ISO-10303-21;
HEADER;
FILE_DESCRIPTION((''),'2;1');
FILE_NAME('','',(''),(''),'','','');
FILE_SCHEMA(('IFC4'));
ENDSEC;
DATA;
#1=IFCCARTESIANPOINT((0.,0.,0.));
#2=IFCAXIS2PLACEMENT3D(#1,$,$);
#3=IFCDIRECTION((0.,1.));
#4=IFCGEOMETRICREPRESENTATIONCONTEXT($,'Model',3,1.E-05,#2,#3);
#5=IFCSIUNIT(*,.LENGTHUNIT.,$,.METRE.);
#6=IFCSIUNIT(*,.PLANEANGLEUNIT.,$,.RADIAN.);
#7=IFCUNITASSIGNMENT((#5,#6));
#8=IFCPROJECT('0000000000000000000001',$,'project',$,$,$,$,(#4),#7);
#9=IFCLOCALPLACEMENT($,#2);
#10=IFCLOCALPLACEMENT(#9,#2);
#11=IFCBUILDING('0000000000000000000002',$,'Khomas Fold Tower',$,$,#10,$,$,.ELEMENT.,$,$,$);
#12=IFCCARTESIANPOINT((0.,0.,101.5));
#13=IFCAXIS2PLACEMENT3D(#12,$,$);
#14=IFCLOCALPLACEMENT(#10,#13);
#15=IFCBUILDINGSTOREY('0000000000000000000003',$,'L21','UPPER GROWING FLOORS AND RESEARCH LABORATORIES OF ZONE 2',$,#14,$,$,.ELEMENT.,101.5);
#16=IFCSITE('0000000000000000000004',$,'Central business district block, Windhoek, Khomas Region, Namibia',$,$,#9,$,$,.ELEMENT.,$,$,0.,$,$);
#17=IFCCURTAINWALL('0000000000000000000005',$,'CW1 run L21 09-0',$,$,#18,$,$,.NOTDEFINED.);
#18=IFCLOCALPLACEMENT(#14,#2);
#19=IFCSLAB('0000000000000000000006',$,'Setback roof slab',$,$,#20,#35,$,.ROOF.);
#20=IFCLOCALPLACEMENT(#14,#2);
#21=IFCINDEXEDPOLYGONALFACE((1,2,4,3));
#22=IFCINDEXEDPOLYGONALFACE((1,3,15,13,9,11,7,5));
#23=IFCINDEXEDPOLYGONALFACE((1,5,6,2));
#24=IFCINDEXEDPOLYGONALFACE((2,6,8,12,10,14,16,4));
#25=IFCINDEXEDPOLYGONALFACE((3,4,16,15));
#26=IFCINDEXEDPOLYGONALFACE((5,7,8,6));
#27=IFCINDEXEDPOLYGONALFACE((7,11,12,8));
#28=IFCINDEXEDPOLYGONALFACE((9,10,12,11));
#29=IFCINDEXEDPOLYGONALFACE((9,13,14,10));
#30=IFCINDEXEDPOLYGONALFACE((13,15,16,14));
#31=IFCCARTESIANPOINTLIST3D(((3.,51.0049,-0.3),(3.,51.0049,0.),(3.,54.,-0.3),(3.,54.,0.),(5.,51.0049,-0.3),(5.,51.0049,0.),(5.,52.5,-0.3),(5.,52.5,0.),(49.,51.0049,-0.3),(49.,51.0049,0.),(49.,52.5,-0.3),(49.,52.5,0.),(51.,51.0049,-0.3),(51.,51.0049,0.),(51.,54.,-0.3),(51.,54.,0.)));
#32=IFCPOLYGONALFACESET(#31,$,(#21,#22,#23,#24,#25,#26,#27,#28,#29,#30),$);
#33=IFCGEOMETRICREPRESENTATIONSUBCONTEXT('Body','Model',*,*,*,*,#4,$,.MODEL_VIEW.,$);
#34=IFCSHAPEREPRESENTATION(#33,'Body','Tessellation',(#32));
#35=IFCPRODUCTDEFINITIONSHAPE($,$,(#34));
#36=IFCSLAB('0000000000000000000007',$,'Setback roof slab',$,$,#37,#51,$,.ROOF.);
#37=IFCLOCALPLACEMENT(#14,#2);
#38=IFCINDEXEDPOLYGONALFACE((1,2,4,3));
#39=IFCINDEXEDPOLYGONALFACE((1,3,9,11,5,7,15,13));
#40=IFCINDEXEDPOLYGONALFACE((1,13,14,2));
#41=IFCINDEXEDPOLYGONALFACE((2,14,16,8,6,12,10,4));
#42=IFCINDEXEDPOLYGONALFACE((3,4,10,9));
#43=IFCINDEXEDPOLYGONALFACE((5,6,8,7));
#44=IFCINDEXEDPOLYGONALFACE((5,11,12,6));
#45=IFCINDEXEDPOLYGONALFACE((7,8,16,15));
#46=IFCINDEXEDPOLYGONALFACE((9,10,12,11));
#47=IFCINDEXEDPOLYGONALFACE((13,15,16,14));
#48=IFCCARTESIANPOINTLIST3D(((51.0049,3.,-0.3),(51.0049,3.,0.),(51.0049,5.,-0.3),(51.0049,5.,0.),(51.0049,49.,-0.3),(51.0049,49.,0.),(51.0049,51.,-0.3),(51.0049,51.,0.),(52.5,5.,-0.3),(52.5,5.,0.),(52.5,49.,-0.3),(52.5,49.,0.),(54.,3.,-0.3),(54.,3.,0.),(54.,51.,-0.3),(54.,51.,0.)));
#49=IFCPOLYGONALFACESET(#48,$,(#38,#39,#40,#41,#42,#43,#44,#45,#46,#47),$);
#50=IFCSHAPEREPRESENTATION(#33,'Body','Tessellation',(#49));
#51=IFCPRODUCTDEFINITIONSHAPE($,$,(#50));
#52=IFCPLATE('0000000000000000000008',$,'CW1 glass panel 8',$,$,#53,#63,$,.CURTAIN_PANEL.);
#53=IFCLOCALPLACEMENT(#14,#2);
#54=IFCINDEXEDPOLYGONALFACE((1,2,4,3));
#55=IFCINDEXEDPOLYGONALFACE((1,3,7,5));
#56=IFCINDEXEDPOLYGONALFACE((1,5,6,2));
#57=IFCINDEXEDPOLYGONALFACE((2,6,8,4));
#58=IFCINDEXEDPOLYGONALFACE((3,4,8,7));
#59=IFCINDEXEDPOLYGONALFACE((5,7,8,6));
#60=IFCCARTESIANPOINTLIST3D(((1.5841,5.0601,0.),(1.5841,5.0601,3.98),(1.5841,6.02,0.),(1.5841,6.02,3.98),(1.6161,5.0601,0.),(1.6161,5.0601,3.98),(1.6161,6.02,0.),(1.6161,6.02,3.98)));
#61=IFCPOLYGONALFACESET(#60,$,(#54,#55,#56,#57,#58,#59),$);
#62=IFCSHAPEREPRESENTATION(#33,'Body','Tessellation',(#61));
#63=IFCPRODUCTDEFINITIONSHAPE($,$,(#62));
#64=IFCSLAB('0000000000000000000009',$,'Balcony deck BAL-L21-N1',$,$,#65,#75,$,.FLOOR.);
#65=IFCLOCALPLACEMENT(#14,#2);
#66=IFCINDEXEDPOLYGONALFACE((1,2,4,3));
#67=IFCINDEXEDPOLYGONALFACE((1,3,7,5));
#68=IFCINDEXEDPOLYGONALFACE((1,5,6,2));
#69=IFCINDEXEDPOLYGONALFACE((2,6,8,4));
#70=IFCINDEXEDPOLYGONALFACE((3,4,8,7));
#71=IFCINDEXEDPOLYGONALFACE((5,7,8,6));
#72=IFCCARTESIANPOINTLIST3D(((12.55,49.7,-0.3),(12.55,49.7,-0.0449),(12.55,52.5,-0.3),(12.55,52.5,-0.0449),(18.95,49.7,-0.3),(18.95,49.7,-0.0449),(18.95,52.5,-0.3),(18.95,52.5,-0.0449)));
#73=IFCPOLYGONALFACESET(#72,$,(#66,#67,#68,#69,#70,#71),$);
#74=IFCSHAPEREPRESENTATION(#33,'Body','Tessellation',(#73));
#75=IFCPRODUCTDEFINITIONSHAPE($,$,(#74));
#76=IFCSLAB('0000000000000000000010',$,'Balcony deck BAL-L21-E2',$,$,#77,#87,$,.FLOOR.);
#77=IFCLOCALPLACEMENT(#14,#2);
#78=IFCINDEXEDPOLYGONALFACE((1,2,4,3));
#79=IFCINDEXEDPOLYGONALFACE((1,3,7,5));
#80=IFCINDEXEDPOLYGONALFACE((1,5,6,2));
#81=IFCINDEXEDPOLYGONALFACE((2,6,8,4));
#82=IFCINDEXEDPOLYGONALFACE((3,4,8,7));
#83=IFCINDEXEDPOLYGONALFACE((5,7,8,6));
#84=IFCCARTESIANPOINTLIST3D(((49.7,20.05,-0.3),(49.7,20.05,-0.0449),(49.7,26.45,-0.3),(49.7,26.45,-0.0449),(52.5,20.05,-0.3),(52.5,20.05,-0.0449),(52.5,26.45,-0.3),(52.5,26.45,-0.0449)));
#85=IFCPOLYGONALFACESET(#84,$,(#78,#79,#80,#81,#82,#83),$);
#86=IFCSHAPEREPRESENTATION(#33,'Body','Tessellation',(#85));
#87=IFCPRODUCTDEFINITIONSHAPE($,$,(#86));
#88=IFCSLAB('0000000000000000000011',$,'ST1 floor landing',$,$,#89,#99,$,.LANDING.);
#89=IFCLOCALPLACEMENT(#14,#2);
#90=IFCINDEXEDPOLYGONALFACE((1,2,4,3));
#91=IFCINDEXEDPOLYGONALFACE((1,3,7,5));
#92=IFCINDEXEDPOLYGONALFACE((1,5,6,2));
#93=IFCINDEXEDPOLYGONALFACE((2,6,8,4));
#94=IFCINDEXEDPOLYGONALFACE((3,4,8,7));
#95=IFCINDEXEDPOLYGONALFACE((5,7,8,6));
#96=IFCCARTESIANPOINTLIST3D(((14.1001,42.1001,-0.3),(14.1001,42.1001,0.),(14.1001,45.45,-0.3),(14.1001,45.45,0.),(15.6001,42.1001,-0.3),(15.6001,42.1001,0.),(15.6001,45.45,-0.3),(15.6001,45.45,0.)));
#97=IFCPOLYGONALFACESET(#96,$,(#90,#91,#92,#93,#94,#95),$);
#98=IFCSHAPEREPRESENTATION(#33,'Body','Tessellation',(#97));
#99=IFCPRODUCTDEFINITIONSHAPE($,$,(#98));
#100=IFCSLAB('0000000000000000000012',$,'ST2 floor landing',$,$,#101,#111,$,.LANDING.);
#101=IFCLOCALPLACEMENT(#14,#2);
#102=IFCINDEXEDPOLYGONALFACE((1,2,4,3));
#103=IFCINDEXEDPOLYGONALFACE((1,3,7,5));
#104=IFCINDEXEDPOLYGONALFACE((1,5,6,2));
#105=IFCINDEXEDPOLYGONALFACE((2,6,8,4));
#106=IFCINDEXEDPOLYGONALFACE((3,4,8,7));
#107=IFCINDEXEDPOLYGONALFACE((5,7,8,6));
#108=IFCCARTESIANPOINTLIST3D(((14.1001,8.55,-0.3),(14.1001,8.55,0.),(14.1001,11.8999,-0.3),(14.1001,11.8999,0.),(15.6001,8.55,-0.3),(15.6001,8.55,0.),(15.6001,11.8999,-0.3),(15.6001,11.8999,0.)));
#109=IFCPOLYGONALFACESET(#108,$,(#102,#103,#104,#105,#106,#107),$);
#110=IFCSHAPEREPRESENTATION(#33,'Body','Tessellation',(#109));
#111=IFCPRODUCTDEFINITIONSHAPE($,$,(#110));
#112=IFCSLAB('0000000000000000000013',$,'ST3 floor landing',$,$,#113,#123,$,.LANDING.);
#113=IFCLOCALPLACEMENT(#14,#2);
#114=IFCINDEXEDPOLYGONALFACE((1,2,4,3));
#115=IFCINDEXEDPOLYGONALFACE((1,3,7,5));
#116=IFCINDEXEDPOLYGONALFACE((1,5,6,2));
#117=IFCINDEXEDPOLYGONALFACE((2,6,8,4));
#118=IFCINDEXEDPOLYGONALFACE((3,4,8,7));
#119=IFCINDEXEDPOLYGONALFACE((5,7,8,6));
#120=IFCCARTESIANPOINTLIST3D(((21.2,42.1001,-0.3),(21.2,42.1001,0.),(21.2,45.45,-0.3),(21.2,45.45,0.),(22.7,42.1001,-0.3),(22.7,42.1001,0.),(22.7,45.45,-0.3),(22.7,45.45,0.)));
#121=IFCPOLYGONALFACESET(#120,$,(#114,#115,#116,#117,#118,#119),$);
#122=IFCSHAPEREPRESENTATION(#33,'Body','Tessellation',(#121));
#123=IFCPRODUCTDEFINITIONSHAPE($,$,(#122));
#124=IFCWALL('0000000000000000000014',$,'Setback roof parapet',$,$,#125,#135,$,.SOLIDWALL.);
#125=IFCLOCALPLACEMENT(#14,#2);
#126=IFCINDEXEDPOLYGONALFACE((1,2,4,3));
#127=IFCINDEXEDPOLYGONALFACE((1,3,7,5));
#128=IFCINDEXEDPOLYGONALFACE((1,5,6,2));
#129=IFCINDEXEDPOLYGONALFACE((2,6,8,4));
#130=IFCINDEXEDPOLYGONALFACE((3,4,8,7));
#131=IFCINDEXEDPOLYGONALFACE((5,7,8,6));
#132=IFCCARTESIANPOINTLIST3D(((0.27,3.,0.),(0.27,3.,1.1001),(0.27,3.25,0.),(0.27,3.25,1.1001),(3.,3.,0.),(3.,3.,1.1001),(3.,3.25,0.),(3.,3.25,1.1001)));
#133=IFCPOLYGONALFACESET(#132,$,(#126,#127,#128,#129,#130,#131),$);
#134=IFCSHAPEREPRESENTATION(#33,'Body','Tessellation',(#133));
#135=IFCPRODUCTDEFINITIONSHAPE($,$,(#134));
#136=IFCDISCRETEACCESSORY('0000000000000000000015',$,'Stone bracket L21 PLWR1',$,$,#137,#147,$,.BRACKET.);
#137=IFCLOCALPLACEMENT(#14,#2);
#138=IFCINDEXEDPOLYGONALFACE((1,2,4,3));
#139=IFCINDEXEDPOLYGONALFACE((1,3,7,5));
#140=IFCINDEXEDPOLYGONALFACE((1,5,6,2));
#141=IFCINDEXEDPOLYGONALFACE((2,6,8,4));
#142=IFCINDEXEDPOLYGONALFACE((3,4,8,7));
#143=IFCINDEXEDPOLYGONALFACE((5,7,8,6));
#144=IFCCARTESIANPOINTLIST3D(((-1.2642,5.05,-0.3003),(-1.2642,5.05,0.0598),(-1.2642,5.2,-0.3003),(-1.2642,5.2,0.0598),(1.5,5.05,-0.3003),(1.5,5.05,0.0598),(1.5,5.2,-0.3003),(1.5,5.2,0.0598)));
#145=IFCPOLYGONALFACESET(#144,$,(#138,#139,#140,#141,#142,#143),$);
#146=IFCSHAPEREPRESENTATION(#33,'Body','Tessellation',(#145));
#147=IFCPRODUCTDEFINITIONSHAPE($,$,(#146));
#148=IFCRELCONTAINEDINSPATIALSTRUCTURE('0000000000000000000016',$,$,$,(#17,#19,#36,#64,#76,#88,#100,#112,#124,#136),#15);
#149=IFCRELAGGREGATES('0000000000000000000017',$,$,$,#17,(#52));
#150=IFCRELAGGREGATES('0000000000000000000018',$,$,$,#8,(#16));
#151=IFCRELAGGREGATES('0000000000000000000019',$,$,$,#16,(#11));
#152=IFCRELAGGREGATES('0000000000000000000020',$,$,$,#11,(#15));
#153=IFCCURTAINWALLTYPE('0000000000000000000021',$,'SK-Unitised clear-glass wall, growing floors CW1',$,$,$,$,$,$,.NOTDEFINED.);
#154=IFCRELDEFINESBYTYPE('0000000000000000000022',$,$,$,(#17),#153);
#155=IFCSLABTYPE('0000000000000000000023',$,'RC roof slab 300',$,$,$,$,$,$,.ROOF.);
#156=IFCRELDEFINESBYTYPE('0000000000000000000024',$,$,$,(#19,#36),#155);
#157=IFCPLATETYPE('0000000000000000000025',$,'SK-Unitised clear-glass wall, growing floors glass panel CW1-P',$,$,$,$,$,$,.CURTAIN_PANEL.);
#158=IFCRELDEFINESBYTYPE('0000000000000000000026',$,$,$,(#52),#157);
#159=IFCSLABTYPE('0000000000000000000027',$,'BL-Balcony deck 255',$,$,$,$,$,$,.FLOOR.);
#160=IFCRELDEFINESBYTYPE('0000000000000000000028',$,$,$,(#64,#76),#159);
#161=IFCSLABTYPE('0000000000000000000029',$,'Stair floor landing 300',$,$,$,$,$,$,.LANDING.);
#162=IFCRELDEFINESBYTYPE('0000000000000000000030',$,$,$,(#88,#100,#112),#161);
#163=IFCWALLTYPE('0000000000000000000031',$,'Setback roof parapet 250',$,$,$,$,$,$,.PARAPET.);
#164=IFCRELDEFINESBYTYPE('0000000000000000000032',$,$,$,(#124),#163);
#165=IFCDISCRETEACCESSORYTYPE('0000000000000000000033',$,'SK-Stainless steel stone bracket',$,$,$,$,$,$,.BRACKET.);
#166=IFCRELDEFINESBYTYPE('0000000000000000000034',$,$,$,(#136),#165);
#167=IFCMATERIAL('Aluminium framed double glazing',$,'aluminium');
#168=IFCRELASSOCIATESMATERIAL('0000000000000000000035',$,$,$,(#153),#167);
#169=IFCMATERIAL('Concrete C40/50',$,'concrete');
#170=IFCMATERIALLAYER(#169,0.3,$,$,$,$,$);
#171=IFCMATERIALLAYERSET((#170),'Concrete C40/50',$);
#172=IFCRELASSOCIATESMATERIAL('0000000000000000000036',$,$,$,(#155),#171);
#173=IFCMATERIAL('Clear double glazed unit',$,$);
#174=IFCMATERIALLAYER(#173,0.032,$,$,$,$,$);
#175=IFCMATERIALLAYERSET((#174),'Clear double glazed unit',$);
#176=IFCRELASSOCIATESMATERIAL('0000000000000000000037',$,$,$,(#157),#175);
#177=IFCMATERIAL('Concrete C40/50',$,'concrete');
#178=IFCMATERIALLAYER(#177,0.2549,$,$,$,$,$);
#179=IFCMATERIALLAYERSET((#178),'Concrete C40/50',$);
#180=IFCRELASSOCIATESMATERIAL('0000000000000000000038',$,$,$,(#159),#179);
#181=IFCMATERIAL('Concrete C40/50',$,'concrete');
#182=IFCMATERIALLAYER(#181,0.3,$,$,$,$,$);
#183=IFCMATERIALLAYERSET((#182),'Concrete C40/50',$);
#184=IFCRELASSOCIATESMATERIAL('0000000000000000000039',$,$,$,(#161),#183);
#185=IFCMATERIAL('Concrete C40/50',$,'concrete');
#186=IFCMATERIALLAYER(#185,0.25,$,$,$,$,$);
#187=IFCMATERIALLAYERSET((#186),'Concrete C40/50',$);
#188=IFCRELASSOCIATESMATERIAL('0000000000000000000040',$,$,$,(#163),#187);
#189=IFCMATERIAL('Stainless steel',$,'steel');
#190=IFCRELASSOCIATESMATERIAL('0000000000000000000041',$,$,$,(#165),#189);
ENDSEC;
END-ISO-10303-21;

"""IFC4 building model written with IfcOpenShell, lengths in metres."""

from ifc_helpers import new_model, si_unit, direction, frame, frame_2d, origin, origin_2d, place, context, subcontext, project, spatial, polyline, rectangle, outline, extrude, source, transform, mapped, material, layer, layer_set, type_object, element, aggregate, save


model = new_model("IFC4")

# Units and contexts
model_context = context("Model", 3, precision=1e-05, world=origin(), true_north=direction((0.0, 1.0)))
body_context = subcontext(model_context, "Body", "Model", "MODEL_VIEW")
ifc_project = project(units=[si_unit("LENGTHUNIT", "METRE"), si_unit("PLANEANGLEUNIT", "RADIAN")], contexts=[model_context])

# Site, building, storey
site_placement = place(None, origin())
site = spatial("IfcSite", under=ifc_project, at=site_placement, Name="Central business district block, Windhoek, Khomas Region, Namibia", CompositionType="ELEMENT", RefElevation=0.0)
building_placement = place(site_placement, origin())
building = spatial("IfcBuilding", under=site, at=building_placement, Name="Khomas Fold Tower", CompositionType="ELEMENT")
storey_placement = place(building_placement, frame((0.0, 0.0, 101.5)))
storey = spatial("IfcBuildingStorey", under=building, at=storey_placement, Name="L21", Description="UPPER GROWING FLOORS AND RESEARCH LABORATORIES OF ZONE 2", CompositionType="ELEMENT", Elevation=101.5)

# Curtain wall
ifc_material_1 = material(Name="Aluminium framed double glazing", Category="aluminium")
curtain_wall_type = type_object("IfcCurtainWallType", Name="SK-Unitised clear-glass wall, growing floors CW1", PredefinedType="NOTDEFINED", material=ifc_material_1)
curtain_wall_1_placement = place(storey_placement, origin())
curtain_wall_1 = element("IfcCurtainWall", 1, at=curtain_wall_1_placement, inside=storey, type_object=curtain_wall_type, Name="CW1 run L21 09-0", PredefinedType="NOTDEFINED")

# Slabs
ifc_material_2 = material(Name="Concrete C40/50", Category="concrete")
ifc_layer_1 = layer(ifc_material_2, 0.3)
ifc_layer_set_1 = layer_set([ifc_layer_1], Name="Concrete C40/50")
slab_type_1 = type_object("IfcSlabType", Name="RC roof slab 300", PredefinedType="ROOF", material=ifc_layer_set_1)
shared_shape_1 = source(origin(), body_context, "Body", "SweptSolid", [
    extrude(outline(polyline([(3.0, 51.0049), (5.0, 51.0049), (5.0, 52.5), (49.0, 52.5), (49.0, 51.0049), (51.0, 51.0049), (51.0, 54.0), (3.0, 54.0), (3.0, 51.0049)])), origin(), (0.0, 0.0, 1.0), 0.3),
])
slab_1_placement = place(storey_placement, frame((0.0, 0.0, -0.3)))
element("IfcSlab", 2, at=slab_1_placement, inside=storey, type_object=slab_type_1, Name="Setback roof slab", PredefinedType="ROOF", context=body_context, shape_type="MappedRepresentation", body=[
    mapped(shared_shape_1, transform((0.0, 0.0, 0.0))),
])
shared_shape_2 = source(origin(), body_context, "Body", "SweptSolid", [
    extrude(outline(polyline([(51.0049, 3.0), (54.0, 3.0), (54.0, 51.0), (51.0049, 51.0), (51.0049, 49.0), (52.5, 49.0), (52.5, 5.0), (51.0049, 5.0), (51.0049, 3.0)])), origin(), (0.0, 0.0, 1.0), 0.3),
])
slab_2_placement = place(storey_placement, frame((0.0, 0.0, -0.3)))
element("IfcSlab", 3, at=slab_2_placement, inside=storey, type_object=slab_type_1, Name="Setback roof slab", PredefinedType="ROOF", context=body_context, shape_type="MappedRepresentation", body=[
    mapped(shared_shape_2, transform((0.0, 0.0, 0.0))),
])

# Plate
ifc_material_3 = material(Name="Clear double glazed unit")
ifc_layer_2 = layer(ifc_material_3, 0.032)
ifc_layer_set_2 = layer_set([ifc_layer_2], Name="Clear double glazed unit")
plate_type = type_object("IfcPlateType", Name="SK-Unitised clear-glass wall, growing floors glass panel CW1-P", PredefinedType="CURTAIN_PANEL", material=ifc_layer_set_2)
shared_shape_3 = source(origin(), body_context, "Body", "SweptSolid", [
    extrude(rectangle(XDim=0.96, YDim=0.032, at=origin_2d()), origin(), (0.0, 0.0, 1.0), 3.98),
])
plate_placement = place(storey_placement, frame((1.6001, 5.54, 0.0), z_axis=(0.0, 0.0, 1.0), x_axis=(0.0, -1.0, 0.0)))
plate = element("IfcPlate", 4, at=plate_placement, type_object=plate_type, Name="CW1 glass panel 8", PredefinedType="CURTAIN_PANEL", context=body_context, shape_type="MappedRepresentation", body=[
    mapped(shared_shape_3, transform((0.0, 0.0, 0.0))),
])
aggregate(curtain_wall_1, [plate])

# Slabs
ifc_material_4 = material(Name="Concrete C40/50", Category="concrete")
ifc_layer_3 = layer(ifc_material_4, 0.2549)
ifc_layer_set_3 = layer_set([ifc_layer_3], Name="Concrete C40/50")
slab_type_2 = type_object("IfcSlabType", Name="BL-Balcony deck 255", PredefinedType="FLOOR", material=ifc_layer_set_3)
shared_shape_4 = source(origin(), body_context, "Body", "SweptSolid", [
    extrude(outline(polyline([(12.55, 49.7), (18.95, 49.7), (18.95, 52.5), (12.55, 52.5), (12.55, 49.7)])), origin(), (0.0, 0.0, 1.0), 0.2551),
])
slab_3_placement = place(storey_placement, frame((0.0, 0.0, -0.3)))
element("IfcSlab", 5, at=slab_3_placement, inside=storey, type_object=slab_type_2, Name="Balcony deck BAL-L21-N1", PredefinedType="FLOOR", context=body_context, shape_type="MappedRepresentation", body=[
    mapped(shared_shape_4, transform((0.0, 0.0, 0.0))),
])
shared_shape_5 = source(origin(), body_context, "Body", "SweptSolid", [
    extrude(outline(polyline([(49.7, 20.05), (52.5, 20.05), (52.5, 26.45), (49.7, 26.45), (49.7, 20.05)])), origin(), (0.0, 0.0, 1.0), 0.2551),
])
slab_4_placement = place(storey_placement, frame((0.0, 0.0, -0.3)))
element("IfcSlab", 6, at=slab_4_placement, inside=storey, type_object=slab_type_2, Name="Balcony deck BAL-L21-E2", PredefinedType="FLOOR", context=body_context, shape_type="MappedRepresentation", body=[
    mapped(shared_shape_5, transform((0.0, 0.0, 0.0))),
])
ifc_material_5 = material(Name="Concrete C40/50", Category="concrete")
ifc_layer_4 = layer(ifc_material_5, 0.3)
ifc_layer_set_4 = layer_set([ifc_layer_4], Name="Concrete C40/50")
slab_type_3 = type_object("IfcSlabType", Name="Stair floor landing 300", PredefinedType="LANDING", material=ifc_layer_set_4)
shared_shape_6 = source(origin(), body_context, "Body", "SweptSolid", [
    extrude(outline(polyline([(15.6001, 42.1001), (14.1001, 42.1001), (14.1001, 45.45), (15.6001, 45.45), (15.6001, 42.1001)])), origin(), (0.0, 0.0, 1.0), 0.3),
])
slab_5_placement = place(storey_placement, frame((0.0, 0.0, -0.3)))
element("IfcSlab", 7, at=slab_5_placement, inside=storey, type_object=slab_type_3, Name="ST1 floor landing", PredefinedType="LANDING", context=body_context, shape_type="MappedRepresentation", body=[
    mapped(shared_shape_6, transform((0.0, 0.0, 0.0))),
])
shared_shape_7 = source(origin(), body_context, "Body", "SweptSolid", [
    extrude(outline(polyline([(15.6001, 8.55), (14.1001, 8.55), (14.1001, 11.8999), (15.6001, 11.8999), (15.6001, 8.55)])), origin(), (0.0, 0.0, 1.0), 0.3),
])
slab_6_placement = place(storey_placement, frame((0.0, 0.0, -0.3)))
element("IfcSlab", 8, at=slab_6_placement, inside=storey, type_object=slab_type_3, Name="ST2 floor landing", PredefinedType="LANDING", context=body_context, shape_type="MappedRepresentation", body=[
    mapped(shared_shape_7, transform((0.0, 0.0, 0.0))),
])
shared_shape_8 = source(origin(), body_context, "Body", "SweptSolid", [
    extrude(outline(polyline([(22.7, 42.1001), (21.2, 42.1001), (21.2, 45.45), (22.7, 45.45), (22.7, 42.1001)])), origin(), (0.0, 0.0, 1.0), 0.3),
])
slab_7_placement = place(storey_placement, frame((0.0, 0.0, -0.3)))
element("IfcSlab", 9, at=slab_7_placement, inside=storey, type_object=slab_type_3, Name="ST3 floor landing", PredefinedType="LANDING", context=body_context, shape_type="MappedRepresentation", body=[
    mapped(shared_shape_8, transform((0.0, 0.0, 0.0))),
])

# Wall
ifc_material_6 = material(Name="Concrete C40/50", Category="concrete")
ifc_layer_5 = layer(ifc_material_6, 0.25)
ifc_layer_set_5 = layer_set([ifc_layer_5], Name="Concrete C40/50")
wall_type = type_object("IfcWallType", Name="Setback roof parapet 250", PredefinedType="PARAPET", material=ifc_layer_set_5)
shared_shape_9 = source(origin(), body_context, "Body", "SweptSolid", [
    extrude(rectangle(XDim=2.73, YDim=0.25, at=frame_2d((1.365, 0.0))), origin(), (0.0, 0.0, 1.0), 1.1001),
])
wall_placement = place(storey_placement, frame((0.27, 3.125, 0.0), z_axis=(0.0, 0.0, 1.0), x_axis=(1.0, 0.0, 0.0)))
element("IfcWall", 10, at=wall_placement, inside=storey, type_object=wall_type, Name="Setback roof parapet", PredefinedType="SOLIDWALL", context=body_context, shape_type="MappedRepresentation", body=[
    mapped(shared_shape_9, transform((0.0, 0.0, 0.0))),
])

# Discrete accessory
ifc_material_7 = material(Name="Stainless steel", Category="steel")
discrete_accessory_type = type_object("IfcDiscreteAccessoryType", Name="SK-Stainless steel stone bracket", PredefinedType="BRACKET", material=ifc_material_7)
shared_shape_10 = source(origin(), body_context, "Body", "SweptSolid", [
    extrude(rectangle(XDim=2.7642, YDim=0.1499, at=origin_2d()), origin(), (0.0, 0.0, 1.0), 0.3601),
])
discrete_accessory_placement = place(storey_placement, frame((0.1179, 5.125, -0.3003), z_axis=(0.0, 0.0, 1.0), x_axis=(-1.0, 0.0, 0.0)))
element("IfcDiscreteAccessory", 11, at=discrete_accessory_placement, inside=storey, type_object=discrete_accessory_type, Name="Stone bracket L21 PLWR1", PredefinedType="BRACKET", context=body_context, shape_type="MappedRepresentation", body=[
    mapped(shared_shape_10, transform((0.0, 0.0, 0.0))),
])

save(model, "model.ifc")
